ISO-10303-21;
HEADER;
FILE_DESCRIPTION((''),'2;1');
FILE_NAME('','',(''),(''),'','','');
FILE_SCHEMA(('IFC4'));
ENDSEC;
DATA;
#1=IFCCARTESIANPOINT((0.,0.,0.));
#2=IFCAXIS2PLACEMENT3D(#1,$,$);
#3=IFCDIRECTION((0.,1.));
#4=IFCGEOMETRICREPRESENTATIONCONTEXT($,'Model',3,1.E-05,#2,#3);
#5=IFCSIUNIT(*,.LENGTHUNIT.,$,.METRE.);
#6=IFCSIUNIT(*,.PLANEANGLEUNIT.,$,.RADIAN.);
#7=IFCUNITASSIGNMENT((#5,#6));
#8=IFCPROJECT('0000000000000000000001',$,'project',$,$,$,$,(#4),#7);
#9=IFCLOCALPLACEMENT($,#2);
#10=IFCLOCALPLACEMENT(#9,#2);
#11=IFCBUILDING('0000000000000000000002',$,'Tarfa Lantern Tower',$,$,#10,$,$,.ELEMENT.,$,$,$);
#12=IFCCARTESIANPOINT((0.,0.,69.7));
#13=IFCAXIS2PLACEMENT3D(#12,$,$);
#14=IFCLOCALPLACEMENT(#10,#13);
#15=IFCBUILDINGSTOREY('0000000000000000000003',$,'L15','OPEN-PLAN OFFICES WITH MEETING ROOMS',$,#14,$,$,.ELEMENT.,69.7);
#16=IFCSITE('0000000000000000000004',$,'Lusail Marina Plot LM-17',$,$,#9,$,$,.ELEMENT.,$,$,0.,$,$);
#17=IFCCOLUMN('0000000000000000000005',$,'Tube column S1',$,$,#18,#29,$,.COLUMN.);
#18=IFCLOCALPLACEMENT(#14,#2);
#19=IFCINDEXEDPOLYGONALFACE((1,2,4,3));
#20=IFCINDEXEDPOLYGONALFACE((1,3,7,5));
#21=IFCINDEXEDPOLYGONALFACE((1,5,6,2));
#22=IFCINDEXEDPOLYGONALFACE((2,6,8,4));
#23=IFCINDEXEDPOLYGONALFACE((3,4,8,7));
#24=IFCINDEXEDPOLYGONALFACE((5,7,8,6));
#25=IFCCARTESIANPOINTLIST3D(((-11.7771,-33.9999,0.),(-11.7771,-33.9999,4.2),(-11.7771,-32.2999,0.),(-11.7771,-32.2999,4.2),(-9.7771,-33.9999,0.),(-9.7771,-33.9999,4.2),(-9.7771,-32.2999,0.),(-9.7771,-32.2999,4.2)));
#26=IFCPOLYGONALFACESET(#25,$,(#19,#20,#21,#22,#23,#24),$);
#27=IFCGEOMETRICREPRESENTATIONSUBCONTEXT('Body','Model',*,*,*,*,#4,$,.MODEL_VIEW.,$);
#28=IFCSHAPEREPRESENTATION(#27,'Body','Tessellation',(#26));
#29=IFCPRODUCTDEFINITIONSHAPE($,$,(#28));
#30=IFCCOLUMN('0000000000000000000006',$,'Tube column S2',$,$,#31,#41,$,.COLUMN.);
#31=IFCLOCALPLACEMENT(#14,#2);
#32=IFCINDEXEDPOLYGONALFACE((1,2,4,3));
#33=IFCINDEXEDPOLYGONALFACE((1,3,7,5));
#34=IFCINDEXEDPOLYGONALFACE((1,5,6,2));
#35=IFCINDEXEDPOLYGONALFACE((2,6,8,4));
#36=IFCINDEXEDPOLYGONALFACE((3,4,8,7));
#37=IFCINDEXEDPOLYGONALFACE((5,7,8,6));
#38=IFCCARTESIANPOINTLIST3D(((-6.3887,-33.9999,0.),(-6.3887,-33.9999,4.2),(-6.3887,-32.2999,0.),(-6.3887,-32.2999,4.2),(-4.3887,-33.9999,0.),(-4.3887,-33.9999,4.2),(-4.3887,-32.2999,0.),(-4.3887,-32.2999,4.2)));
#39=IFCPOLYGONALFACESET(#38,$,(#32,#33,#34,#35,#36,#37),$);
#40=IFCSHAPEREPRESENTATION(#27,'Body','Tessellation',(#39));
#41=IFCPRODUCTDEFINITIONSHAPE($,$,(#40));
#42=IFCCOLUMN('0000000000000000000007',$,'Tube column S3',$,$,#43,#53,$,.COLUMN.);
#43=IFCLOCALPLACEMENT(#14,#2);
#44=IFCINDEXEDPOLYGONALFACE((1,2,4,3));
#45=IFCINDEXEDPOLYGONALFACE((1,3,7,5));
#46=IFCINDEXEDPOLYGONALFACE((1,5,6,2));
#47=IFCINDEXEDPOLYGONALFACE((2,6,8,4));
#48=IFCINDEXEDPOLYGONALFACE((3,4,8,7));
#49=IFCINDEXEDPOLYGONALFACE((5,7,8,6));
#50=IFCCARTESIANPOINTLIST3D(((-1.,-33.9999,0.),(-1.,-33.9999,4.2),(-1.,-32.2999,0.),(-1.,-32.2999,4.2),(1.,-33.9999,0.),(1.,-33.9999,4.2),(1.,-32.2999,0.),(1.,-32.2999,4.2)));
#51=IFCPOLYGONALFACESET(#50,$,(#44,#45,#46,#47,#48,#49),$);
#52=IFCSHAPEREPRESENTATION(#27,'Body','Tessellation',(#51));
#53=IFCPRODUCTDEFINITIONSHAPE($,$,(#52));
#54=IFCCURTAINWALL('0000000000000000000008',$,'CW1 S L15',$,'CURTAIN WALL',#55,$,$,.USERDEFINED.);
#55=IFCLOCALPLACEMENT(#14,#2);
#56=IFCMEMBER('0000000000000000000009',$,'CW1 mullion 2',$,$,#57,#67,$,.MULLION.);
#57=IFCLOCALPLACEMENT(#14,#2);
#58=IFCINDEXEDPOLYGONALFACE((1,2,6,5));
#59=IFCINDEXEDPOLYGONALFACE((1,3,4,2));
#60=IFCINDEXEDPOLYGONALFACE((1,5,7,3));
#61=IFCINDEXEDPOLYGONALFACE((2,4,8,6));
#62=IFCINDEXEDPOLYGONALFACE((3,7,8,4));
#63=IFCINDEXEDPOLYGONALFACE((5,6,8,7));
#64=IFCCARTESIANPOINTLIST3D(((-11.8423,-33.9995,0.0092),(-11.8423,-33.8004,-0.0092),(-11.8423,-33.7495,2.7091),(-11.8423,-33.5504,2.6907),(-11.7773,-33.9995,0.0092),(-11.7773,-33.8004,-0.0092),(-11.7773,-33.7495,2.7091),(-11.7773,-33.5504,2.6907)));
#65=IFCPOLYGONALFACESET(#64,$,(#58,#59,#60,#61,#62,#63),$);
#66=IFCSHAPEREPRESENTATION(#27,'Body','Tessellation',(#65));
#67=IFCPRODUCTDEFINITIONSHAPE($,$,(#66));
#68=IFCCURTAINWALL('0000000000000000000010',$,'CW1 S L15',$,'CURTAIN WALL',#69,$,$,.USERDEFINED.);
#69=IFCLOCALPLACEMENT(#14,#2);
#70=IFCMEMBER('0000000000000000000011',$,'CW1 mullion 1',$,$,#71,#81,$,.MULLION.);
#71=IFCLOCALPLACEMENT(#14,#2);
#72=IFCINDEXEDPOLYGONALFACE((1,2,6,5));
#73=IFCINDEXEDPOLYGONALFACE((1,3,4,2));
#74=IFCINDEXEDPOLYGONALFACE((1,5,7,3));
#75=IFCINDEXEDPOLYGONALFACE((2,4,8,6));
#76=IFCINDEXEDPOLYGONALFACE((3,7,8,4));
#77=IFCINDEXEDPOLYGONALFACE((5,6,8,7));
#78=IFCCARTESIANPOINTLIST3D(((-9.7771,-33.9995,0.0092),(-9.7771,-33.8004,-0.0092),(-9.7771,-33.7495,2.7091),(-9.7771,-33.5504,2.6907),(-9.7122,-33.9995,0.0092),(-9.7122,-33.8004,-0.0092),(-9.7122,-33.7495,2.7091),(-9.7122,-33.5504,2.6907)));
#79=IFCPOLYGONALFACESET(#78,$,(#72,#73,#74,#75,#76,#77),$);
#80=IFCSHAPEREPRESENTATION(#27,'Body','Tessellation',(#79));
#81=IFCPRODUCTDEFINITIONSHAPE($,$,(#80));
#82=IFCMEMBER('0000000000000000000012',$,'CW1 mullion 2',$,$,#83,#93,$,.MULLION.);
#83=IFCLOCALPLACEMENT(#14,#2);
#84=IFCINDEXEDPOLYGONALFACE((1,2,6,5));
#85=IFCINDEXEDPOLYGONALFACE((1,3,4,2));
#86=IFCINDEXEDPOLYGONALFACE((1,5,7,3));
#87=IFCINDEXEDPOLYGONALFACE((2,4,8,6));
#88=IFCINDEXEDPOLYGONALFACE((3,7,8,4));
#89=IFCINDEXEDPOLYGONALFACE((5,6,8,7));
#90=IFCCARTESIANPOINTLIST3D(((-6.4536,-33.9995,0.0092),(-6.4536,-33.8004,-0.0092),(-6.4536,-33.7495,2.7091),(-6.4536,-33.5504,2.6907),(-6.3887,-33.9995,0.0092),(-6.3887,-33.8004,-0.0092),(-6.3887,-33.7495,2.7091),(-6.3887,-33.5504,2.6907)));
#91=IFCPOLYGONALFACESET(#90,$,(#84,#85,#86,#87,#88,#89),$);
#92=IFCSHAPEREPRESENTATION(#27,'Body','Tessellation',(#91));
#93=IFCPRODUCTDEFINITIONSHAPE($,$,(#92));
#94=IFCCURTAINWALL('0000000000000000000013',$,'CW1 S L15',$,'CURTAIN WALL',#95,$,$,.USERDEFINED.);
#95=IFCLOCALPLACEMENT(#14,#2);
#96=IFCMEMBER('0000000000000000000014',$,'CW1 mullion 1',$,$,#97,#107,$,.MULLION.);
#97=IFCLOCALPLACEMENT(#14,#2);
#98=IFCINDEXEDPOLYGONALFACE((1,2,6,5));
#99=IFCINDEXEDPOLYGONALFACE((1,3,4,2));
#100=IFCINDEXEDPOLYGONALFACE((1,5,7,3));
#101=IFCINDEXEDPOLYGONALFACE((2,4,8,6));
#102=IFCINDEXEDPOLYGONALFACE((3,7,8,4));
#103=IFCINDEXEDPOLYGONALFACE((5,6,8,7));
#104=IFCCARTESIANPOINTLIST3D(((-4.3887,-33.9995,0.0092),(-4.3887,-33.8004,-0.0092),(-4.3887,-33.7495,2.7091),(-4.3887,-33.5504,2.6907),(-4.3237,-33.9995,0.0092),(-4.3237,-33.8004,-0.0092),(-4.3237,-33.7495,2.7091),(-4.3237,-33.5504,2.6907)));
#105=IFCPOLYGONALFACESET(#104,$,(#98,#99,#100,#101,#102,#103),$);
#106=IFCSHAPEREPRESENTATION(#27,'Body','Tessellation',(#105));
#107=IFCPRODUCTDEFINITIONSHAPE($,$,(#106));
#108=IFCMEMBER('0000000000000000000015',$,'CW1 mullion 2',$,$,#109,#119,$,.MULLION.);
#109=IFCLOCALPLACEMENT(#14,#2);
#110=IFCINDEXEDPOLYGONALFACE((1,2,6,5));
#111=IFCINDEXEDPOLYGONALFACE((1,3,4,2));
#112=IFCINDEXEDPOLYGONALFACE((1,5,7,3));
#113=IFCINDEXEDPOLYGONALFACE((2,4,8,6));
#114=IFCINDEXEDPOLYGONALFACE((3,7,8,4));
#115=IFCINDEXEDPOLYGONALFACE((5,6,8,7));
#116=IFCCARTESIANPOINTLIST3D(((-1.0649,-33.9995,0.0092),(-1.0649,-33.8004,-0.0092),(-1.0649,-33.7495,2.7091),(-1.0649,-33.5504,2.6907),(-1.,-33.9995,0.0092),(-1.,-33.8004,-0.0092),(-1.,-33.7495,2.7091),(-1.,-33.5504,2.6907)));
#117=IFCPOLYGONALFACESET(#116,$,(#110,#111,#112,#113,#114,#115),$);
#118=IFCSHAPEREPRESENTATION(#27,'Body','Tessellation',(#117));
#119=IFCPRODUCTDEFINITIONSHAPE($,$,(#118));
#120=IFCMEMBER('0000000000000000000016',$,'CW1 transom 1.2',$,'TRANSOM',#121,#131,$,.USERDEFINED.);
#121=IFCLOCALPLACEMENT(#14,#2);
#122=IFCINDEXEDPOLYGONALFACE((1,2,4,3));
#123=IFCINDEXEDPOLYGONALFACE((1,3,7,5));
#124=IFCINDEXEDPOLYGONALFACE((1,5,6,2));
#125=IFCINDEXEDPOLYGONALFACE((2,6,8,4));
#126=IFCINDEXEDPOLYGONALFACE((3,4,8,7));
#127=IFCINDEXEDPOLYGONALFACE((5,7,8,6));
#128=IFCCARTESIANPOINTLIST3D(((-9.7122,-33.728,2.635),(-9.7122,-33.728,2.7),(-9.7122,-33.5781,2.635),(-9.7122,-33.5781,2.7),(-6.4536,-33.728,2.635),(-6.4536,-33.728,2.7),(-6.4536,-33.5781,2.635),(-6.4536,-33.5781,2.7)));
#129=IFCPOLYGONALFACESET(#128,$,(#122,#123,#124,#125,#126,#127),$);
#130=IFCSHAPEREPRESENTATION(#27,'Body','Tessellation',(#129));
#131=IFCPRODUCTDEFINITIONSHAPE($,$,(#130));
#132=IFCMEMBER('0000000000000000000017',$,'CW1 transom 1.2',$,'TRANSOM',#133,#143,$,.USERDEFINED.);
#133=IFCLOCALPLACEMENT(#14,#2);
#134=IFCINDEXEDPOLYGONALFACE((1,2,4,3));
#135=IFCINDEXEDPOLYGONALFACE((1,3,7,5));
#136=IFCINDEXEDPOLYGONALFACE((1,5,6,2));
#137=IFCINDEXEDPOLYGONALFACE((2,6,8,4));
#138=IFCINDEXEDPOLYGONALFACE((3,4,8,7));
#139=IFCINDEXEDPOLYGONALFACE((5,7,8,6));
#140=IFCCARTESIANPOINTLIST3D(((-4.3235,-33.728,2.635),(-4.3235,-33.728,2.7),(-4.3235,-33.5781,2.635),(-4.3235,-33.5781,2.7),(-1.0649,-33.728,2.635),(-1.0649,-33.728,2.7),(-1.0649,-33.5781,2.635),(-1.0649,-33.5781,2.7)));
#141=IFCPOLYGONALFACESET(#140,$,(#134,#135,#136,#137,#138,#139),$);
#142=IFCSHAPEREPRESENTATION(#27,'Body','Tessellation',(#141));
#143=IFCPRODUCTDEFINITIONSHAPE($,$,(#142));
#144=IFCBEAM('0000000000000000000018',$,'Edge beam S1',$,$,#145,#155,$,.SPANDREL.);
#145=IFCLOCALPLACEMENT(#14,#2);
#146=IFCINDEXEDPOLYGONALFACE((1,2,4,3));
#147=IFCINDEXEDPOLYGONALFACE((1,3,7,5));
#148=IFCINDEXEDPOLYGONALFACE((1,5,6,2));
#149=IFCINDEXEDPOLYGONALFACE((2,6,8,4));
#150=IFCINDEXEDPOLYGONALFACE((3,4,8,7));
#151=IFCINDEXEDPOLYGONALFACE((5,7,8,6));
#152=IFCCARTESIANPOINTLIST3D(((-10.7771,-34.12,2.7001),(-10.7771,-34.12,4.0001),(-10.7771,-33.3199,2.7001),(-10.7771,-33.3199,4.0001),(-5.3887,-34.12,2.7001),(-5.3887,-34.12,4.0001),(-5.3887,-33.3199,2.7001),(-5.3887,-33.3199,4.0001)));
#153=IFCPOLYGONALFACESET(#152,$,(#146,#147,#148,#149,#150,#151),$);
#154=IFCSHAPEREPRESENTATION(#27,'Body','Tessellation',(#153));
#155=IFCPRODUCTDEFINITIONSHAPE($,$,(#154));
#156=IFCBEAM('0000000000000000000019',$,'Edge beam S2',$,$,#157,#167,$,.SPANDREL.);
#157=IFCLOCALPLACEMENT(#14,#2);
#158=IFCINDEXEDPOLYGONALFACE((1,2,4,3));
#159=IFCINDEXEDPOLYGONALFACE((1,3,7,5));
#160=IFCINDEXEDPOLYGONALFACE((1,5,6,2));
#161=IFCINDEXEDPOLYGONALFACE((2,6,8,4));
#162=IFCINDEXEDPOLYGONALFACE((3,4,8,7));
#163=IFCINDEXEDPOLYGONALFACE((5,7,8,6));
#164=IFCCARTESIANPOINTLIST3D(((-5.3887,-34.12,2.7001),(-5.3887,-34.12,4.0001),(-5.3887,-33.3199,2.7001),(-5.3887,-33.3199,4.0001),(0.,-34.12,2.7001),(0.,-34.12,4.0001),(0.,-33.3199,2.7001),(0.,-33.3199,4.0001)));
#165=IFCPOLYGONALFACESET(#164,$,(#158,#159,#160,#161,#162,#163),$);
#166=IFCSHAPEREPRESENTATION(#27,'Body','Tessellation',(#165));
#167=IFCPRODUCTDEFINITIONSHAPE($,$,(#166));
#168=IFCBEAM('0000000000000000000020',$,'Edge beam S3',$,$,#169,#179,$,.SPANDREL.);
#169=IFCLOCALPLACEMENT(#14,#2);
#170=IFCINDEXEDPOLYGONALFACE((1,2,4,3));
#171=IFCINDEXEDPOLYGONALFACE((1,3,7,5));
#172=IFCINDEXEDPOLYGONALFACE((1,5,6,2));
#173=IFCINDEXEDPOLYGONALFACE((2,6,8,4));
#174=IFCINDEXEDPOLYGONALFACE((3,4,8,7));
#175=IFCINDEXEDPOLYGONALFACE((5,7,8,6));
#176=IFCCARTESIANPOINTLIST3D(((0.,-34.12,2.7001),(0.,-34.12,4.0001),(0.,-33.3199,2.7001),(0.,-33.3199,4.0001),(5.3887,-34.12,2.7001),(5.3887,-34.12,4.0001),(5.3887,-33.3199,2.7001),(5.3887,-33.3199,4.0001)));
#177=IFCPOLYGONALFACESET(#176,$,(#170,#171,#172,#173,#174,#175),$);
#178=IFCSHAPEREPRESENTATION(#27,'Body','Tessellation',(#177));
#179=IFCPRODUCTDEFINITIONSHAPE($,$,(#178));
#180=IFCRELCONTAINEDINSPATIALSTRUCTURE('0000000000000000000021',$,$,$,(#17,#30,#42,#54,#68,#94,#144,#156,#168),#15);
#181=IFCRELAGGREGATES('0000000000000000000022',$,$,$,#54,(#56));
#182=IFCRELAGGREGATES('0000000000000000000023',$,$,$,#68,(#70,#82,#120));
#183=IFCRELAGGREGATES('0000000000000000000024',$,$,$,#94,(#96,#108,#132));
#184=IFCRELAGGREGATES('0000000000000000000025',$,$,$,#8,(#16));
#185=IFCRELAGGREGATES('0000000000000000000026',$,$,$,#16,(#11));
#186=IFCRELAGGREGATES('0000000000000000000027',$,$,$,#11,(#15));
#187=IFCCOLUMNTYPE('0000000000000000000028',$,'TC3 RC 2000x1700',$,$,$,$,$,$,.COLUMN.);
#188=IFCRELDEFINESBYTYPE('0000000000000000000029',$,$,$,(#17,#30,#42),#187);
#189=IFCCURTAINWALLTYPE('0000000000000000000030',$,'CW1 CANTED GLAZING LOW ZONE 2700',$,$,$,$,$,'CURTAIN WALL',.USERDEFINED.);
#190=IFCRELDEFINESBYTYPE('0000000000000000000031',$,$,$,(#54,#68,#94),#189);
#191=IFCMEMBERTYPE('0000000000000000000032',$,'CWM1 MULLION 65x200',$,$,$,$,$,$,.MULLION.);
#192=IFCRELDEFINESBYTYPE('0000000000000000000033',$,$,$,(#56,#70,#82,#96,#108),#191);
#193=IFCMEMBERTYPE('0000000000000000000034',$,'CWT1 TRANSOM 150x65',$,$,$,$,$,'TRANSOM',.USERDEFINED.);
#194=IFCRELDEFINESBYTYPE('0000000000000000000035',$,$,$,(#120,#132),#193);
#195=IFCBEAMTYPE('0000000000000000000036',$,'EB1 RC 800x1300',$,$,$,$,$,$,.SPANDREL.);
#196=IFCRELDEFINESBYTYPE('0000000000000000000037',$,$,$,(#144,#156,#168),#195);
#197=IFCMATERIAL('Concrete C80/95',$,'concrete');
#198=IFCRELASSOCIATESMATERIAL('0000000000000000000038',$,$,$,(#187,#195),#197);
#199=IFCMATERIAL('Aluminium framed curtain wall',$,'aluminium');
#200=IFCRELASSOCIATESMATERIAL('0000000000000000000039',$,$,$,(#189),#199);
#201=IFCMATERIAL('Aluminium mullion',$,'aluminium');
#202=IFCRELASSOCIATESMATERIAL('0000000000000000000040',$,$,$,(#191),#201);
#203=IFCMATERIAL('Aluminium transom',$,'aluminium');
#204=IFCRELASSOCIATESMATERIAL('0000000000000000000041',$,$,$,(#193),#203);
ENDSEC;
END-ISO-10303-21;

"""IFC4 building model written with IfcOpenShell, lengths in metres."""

from ifc_helpers import new_model, si_unit, direction, frame, origin, origin_2d, place, context, subcontext, project, spatial, rectangle, extrude, material, material_profile, profile_set, type_object, element, aggregate, save


model = new_model("IFC4")

# Units and contexts
model_context = context("Model", 3, precision=1e-05, world=origin(), true_north=direction((0.0, 1.0)))
body_context = subcontext(model_context, "Body", "Model", "MODEL_VIEW")
ifc_project = project(units=[si_unit("LENGTHUNIT", "METRE"), si_unit("PLANEANGLEUNIT", "RADIAN")], contexts=[model_context])

# Site, building, storey
site_placement = place(None, origin())
site = spatial("IfcSite", under=ifc_project, at=site_placement, Name="Lusail Marina Plot LM-17", CompositionType="ELEMENT", RefElevation=0.0)
building_placement = place(site_placement, origin())
building = spatial("IfcBuilding", under=site, at=building_placement, Name="Tarfa Lantern Tower", CompositionType="ELEMENT")
storey_placement = place(building_placement, frame((0.0, 0.0, 69.7)))
storey = spatial("IfcBuildingStorey", under=building, at=storey_placement, Name="L15", Description="OPEN-PLAN OFFICES WITH MEETING ROOMS", CompositionType="ELEMENT", Elevation=69.7)

# Columns
ifc_material_1 = material(Name="Concrete C80/95", Category="concrete")
ifc_material_profile_1 = material_profile(ifc_material_1, rectangle(XDim=2.0, YDim=1.7, at=origin_2d()), Name="RC 2000x1700")
ifc_profile_set_1 = profile_set([ifc_material_profile_1], Name="Concrete C80/95")
column_type = type_object("IfcColumnType", Name="TC3 RC 2000x1700", PredefinedType="COLUMN", material=ifc_profile_set_1)
for number, where, z_axis, x_axis, name in (
    (1, (-10.7771, -33.1499, 0.0), (0.0, 0.0, 1.0), (1.0, 0.0, 0.0), "Tube column S1"),
    (2, (-5.3887, -33.1499, 0.0), (0.0, 0.0, 1.0), (1.0, 0.0, 0.0), "Tube column S2"),
    (3, (0.0, -33.1499, 0.0), (0.0, 0.0, 1.0), (1.0, 0.0, 0.0), "Tube column S3"),
):
    element("IfcColumn", number, at=place(storey_placement, frame(where, z_axis=z_axis, x_axis=x_axis)), inside=storey, type_object=column_type, Name=name, PredefinedType="COLUMN", context=body_context, shape_type="SweptSolid", body=[
        extrude(rectangle(XDim=2.0, YDim=1.7, at=origin_2d()), origin(), (0.0, 0.0, 1.0), 4.2),
    ])

# Curtain wall, member
ifc_material_2 = material(Name="Aluminium framed curtain wall", Category="aluminium")
curtain_wall_type = type_object("IfcCurtainWallType", Name="CW1 CANTED GLAZING LOW ZONE 2700", ElementType="CURTAIN WALL", PredefinedType="USERDEFINED", material=ifc_material_2)
curtain_wall_1_placement = place(storey_placement, origin())
curtain_wall_1 = element("IfcCurtainWall", 4, at=curtain_wall_1_placement, inside=storey, type_object=curtain_wall_type, Name="CW1 S L15", ObjectType="CURTAIN WALL", PredefinedType="USERDEFINED")
ifc_material_3 = material(Name="Aluminium mullion", Category="aluminium")
ifc_material_profile_2 = material_profile(ifc_material_3, rectangle(XDim=0.0649, YDim=0.2, at=origin_2d()), Name="AL MULLION 65x200")
ifc_profile_set_2 = profile_set([ifc_material_profile_2], Name="Aluminium mullion")
member_type_1 = type_object("IfcMemberType", Name="CWM1 MULLION 65x200", PredefinedType="MULLION", material=ifc_profile_set_2)
member_1_placement = place(storey_placement, frame((-11.8098, -33.8999, 0.0), z_axis=(0.0, 0.0922, 0.995741), x_axis=(-1.0, 0.0, 0.0)))
member_1 = element("IfcMember", 5, at=member_1_placement, type_object=member_type_1, Name="CW1 mullion 2", PredefinedType="MULLION", context=body_context, shape_type="SweptSolid", body=[
    extrude(rectangle(XDim=0.0649, YDim=0.2, at=origin_2d()), origin(), (0.0, 0.0, 1.0), 2.7114),
])
aggregate(curtain_wall_1, [member_1])

# Curtain walls, members
curtain_wall_2_placement = place(storey_placement, origin())
curtain_wall_2 = element("IfcCurtainWall", 6, at=curtain_wall_2_placement, inside=storey, type_object=curtain_wall_type, Name="CW1 S L15", ObjectType="CURTAIN WALL", PredefinedType="USERDEFINED")
member_2_placement = place(storey_placement, frame((-9.7446, -33.8999, 0.0), z_axis=(0.0, 0.0922, 0.995741), x_axis=(-1.0, 0.0, 0.0)))
member_2 = element("IfcMember", 7, at=member_2_placement, type_object=member_type_1, Name="CW1 mullion 1", PredefinedType="MULLION", context=body_context, shape_type="SweptSolid", body=[
    extrude(rectangle(XDim=0.0649, YDim=0.2, at=origin_2d()), origin(), (0.0, 0.0, 1.0), 2.7114),
])
member_3_placement = place(storey_placement, frame((-6.4211, -33.8999, 0.0), z_axis=(0.0, 0.0922, 0.995741), x_axis=(-1.0, 0.0, 0.0)))
member_3 = element("IfcMember", 8, at=member_3_placement, type_object=member_type_1, Name="CW1 mullion 2", PredefinedType="MULLION", context=body_context, shape_type="SweptSolid", body=[
    extrude(rectangle(XDim=0.0649, YDim=0.2, at=origin_2d()), origin(), (0.0, 0.0, 1.0), 2.7114),
])
curtain_wall_3_placement = place(storey_placement, origin())
curtain_wall_3 = element("IfcCurtainWall", 9, at=curtain_wall_3_placement, inside=storey, type_object=curtain_wall_type, Name="CW1 S L15", ObjectType="CURTAIN WALL", PredefinedType="USERDEFINED")
member_4_placement = place(storey_placement, frame((-4.3562, -33.8999, 0.0), z_axis=(0.0, 0.0922, 0.995741), x_axis=(-1.0, 0.0, 0.0)))
member_4 = element("IfcMember", 10, at=member_4_placement, type_object=member_type_1, Name="CW1 mullion 1", PredefinedType="MULLION", context=body_context, shape_type="SweptSolid", body=[
    extrude(rectangle(XDim=0.0649, YDim=0.2, at=origin_2d()), origin(), (0.0, 0.0, 1.0), 2.7114),
])
member_5_placement = place(storey_placement, frame((-1.0325, -33.8999, 0.0), z_axis=(0.0, 0.0922, 0.995741), x_axis=(-1.0, 0.0, 0.0)))
member_5 = element("IfcMember", 11, at=member_5_placement, type_object=member_type_1, Name="CW1 mullion 2", PredefinedType="MULLION", context=body_context, shape_type="SweptSolid", body=[
    extrude(rectangle(XDim=0.0649, YDim=0.2, at=origin_2d()), origin(), (0.0, 0.0, 1.0), 2.7114),
])

# Members
ifc_material_4 = material(Name="Aluminium transom", Category="aluminium")
ifc_material_profile_3 = material_profile(ifc_material_4, rectangle(XDim=0.1499, YDim=0.0649, at=origin_2d()), Name="AL TRANSOM 150x65")
ifc_profile_set_3 = profile_set([ifc_material_profile_3], Name="Aluminium transom")
member_type_2 = type_object("IfcMemberType", Name="CWT1 TRANSOM 150x65", ElementType="TRANSOM", PredefinedType="USERDEFINED", material=ifc_profile_set_3)
member_6_placement = place(storey_placement, frame((-9.7122, -33.6531, 2.6675), z_axis=(1.0, 0.0, 0.0), x_axis=(0.0, 1.0, 0.0)))
member_6 = element("IfcMember", 12, at=member_6_placement, type_object=member_type_2, Name="CW1 transom 1.2", ObjectType="TRANSOM", PredefinedType="USERDEFINED", context=body_context, shape_type="SweptSolid", body=[
    extrude(rectangle(XDim=0.1499, YDim=0.0649, at=origin_2d()), origin(), (0.0, 0.0, 1.0), 3.2585),
])
member_7_placement = place(storey_placement, frame((-4.3235, -33.6531, 2.6675), z_axis=(1.0, 0.0, 0.0), x_axis=(0.0, 1.0, 0.0)))
member_7 = element("IfcMember", 13, at=member_7_placement, type_object=member_type_2, Name="CW1 transom 1.2", ObjectType="TRANSOM", PredefinedType="USERDEFINED", context=body_context, shape_type="SweptSolid", body=[
    extrude(rectangle(XDim=0.1499, YDim=0.0649, at=origin_2d()), origin(), (0.0, 0.0, 1.0), 3.2585),
])

# Beams
ifc_material_profile_4 = material_profile(ifc_material_1, rectangle(XDim=0.8, YDim=1.3, at=origin_2d()), Name="RC 800x1300")
ifc_profile_set_4 = profile_set([ifc_material_profile_4], Name="Concrete C80/95")
beam_type_1 = type_object("IfcBeamType", Name="EB1 RC 800x1300", PredefinedType="SPANDREL", material=ifc_profile_set_4)
beam_placement = place(storey_placement, frame((-10.7771, -33.72, 3.3501), z_axis=(1.0, 0.0, 0.0), x_axis=(0.0, 1.0, 0.0)))
element("IfcBeam", 14, at=beam_placement, inside=storey, type_object=beam_type_1, Name="Edge beam S1", PredefinedType="SPANDREL", context=body_context, shape_type="SweptSolid", body=[
    extrude(rectangle(XDim=0.8, YDim=1.3, at=origin_2d()), origin(), (0.0, 0.0, 1.0), 5.3884),
])
for number, where, z_axis, x_axis, name in (
    (15, (-5.3887, -33.72, 3.3501), (1.0, 0.0, 0.0), (0.0, 1.0, 0.0), "Edge beam S2"),
    (16, (0.0, -33.72, 3.3501), (1.0, 0.0, 0.0), (0.0, 1.0, 0.0), "Edge beam S3"),
):
    element("IfcBeam", number, at=place(storey_placement, frame(where, z_axis=z_axis, x_axis=x_axis)), inside=storey, type_object=beam_type_1, Name=name, PredefinedType="SPANDREL", context=body_context, shape_type="SweptSolid", body=[
        extrude(rectangle(XDim=0.8, YDim=1.3, at=origin_2d()), origin(), (0.0, 0.0, 1.0), 5.3887),
    ])

aggregate(curtain_wall_2, [member_2, member_3, member_6])
aggregate(curtain_wall_3, [member_4, member_5, member_7])

save(model, "model.ifc")
